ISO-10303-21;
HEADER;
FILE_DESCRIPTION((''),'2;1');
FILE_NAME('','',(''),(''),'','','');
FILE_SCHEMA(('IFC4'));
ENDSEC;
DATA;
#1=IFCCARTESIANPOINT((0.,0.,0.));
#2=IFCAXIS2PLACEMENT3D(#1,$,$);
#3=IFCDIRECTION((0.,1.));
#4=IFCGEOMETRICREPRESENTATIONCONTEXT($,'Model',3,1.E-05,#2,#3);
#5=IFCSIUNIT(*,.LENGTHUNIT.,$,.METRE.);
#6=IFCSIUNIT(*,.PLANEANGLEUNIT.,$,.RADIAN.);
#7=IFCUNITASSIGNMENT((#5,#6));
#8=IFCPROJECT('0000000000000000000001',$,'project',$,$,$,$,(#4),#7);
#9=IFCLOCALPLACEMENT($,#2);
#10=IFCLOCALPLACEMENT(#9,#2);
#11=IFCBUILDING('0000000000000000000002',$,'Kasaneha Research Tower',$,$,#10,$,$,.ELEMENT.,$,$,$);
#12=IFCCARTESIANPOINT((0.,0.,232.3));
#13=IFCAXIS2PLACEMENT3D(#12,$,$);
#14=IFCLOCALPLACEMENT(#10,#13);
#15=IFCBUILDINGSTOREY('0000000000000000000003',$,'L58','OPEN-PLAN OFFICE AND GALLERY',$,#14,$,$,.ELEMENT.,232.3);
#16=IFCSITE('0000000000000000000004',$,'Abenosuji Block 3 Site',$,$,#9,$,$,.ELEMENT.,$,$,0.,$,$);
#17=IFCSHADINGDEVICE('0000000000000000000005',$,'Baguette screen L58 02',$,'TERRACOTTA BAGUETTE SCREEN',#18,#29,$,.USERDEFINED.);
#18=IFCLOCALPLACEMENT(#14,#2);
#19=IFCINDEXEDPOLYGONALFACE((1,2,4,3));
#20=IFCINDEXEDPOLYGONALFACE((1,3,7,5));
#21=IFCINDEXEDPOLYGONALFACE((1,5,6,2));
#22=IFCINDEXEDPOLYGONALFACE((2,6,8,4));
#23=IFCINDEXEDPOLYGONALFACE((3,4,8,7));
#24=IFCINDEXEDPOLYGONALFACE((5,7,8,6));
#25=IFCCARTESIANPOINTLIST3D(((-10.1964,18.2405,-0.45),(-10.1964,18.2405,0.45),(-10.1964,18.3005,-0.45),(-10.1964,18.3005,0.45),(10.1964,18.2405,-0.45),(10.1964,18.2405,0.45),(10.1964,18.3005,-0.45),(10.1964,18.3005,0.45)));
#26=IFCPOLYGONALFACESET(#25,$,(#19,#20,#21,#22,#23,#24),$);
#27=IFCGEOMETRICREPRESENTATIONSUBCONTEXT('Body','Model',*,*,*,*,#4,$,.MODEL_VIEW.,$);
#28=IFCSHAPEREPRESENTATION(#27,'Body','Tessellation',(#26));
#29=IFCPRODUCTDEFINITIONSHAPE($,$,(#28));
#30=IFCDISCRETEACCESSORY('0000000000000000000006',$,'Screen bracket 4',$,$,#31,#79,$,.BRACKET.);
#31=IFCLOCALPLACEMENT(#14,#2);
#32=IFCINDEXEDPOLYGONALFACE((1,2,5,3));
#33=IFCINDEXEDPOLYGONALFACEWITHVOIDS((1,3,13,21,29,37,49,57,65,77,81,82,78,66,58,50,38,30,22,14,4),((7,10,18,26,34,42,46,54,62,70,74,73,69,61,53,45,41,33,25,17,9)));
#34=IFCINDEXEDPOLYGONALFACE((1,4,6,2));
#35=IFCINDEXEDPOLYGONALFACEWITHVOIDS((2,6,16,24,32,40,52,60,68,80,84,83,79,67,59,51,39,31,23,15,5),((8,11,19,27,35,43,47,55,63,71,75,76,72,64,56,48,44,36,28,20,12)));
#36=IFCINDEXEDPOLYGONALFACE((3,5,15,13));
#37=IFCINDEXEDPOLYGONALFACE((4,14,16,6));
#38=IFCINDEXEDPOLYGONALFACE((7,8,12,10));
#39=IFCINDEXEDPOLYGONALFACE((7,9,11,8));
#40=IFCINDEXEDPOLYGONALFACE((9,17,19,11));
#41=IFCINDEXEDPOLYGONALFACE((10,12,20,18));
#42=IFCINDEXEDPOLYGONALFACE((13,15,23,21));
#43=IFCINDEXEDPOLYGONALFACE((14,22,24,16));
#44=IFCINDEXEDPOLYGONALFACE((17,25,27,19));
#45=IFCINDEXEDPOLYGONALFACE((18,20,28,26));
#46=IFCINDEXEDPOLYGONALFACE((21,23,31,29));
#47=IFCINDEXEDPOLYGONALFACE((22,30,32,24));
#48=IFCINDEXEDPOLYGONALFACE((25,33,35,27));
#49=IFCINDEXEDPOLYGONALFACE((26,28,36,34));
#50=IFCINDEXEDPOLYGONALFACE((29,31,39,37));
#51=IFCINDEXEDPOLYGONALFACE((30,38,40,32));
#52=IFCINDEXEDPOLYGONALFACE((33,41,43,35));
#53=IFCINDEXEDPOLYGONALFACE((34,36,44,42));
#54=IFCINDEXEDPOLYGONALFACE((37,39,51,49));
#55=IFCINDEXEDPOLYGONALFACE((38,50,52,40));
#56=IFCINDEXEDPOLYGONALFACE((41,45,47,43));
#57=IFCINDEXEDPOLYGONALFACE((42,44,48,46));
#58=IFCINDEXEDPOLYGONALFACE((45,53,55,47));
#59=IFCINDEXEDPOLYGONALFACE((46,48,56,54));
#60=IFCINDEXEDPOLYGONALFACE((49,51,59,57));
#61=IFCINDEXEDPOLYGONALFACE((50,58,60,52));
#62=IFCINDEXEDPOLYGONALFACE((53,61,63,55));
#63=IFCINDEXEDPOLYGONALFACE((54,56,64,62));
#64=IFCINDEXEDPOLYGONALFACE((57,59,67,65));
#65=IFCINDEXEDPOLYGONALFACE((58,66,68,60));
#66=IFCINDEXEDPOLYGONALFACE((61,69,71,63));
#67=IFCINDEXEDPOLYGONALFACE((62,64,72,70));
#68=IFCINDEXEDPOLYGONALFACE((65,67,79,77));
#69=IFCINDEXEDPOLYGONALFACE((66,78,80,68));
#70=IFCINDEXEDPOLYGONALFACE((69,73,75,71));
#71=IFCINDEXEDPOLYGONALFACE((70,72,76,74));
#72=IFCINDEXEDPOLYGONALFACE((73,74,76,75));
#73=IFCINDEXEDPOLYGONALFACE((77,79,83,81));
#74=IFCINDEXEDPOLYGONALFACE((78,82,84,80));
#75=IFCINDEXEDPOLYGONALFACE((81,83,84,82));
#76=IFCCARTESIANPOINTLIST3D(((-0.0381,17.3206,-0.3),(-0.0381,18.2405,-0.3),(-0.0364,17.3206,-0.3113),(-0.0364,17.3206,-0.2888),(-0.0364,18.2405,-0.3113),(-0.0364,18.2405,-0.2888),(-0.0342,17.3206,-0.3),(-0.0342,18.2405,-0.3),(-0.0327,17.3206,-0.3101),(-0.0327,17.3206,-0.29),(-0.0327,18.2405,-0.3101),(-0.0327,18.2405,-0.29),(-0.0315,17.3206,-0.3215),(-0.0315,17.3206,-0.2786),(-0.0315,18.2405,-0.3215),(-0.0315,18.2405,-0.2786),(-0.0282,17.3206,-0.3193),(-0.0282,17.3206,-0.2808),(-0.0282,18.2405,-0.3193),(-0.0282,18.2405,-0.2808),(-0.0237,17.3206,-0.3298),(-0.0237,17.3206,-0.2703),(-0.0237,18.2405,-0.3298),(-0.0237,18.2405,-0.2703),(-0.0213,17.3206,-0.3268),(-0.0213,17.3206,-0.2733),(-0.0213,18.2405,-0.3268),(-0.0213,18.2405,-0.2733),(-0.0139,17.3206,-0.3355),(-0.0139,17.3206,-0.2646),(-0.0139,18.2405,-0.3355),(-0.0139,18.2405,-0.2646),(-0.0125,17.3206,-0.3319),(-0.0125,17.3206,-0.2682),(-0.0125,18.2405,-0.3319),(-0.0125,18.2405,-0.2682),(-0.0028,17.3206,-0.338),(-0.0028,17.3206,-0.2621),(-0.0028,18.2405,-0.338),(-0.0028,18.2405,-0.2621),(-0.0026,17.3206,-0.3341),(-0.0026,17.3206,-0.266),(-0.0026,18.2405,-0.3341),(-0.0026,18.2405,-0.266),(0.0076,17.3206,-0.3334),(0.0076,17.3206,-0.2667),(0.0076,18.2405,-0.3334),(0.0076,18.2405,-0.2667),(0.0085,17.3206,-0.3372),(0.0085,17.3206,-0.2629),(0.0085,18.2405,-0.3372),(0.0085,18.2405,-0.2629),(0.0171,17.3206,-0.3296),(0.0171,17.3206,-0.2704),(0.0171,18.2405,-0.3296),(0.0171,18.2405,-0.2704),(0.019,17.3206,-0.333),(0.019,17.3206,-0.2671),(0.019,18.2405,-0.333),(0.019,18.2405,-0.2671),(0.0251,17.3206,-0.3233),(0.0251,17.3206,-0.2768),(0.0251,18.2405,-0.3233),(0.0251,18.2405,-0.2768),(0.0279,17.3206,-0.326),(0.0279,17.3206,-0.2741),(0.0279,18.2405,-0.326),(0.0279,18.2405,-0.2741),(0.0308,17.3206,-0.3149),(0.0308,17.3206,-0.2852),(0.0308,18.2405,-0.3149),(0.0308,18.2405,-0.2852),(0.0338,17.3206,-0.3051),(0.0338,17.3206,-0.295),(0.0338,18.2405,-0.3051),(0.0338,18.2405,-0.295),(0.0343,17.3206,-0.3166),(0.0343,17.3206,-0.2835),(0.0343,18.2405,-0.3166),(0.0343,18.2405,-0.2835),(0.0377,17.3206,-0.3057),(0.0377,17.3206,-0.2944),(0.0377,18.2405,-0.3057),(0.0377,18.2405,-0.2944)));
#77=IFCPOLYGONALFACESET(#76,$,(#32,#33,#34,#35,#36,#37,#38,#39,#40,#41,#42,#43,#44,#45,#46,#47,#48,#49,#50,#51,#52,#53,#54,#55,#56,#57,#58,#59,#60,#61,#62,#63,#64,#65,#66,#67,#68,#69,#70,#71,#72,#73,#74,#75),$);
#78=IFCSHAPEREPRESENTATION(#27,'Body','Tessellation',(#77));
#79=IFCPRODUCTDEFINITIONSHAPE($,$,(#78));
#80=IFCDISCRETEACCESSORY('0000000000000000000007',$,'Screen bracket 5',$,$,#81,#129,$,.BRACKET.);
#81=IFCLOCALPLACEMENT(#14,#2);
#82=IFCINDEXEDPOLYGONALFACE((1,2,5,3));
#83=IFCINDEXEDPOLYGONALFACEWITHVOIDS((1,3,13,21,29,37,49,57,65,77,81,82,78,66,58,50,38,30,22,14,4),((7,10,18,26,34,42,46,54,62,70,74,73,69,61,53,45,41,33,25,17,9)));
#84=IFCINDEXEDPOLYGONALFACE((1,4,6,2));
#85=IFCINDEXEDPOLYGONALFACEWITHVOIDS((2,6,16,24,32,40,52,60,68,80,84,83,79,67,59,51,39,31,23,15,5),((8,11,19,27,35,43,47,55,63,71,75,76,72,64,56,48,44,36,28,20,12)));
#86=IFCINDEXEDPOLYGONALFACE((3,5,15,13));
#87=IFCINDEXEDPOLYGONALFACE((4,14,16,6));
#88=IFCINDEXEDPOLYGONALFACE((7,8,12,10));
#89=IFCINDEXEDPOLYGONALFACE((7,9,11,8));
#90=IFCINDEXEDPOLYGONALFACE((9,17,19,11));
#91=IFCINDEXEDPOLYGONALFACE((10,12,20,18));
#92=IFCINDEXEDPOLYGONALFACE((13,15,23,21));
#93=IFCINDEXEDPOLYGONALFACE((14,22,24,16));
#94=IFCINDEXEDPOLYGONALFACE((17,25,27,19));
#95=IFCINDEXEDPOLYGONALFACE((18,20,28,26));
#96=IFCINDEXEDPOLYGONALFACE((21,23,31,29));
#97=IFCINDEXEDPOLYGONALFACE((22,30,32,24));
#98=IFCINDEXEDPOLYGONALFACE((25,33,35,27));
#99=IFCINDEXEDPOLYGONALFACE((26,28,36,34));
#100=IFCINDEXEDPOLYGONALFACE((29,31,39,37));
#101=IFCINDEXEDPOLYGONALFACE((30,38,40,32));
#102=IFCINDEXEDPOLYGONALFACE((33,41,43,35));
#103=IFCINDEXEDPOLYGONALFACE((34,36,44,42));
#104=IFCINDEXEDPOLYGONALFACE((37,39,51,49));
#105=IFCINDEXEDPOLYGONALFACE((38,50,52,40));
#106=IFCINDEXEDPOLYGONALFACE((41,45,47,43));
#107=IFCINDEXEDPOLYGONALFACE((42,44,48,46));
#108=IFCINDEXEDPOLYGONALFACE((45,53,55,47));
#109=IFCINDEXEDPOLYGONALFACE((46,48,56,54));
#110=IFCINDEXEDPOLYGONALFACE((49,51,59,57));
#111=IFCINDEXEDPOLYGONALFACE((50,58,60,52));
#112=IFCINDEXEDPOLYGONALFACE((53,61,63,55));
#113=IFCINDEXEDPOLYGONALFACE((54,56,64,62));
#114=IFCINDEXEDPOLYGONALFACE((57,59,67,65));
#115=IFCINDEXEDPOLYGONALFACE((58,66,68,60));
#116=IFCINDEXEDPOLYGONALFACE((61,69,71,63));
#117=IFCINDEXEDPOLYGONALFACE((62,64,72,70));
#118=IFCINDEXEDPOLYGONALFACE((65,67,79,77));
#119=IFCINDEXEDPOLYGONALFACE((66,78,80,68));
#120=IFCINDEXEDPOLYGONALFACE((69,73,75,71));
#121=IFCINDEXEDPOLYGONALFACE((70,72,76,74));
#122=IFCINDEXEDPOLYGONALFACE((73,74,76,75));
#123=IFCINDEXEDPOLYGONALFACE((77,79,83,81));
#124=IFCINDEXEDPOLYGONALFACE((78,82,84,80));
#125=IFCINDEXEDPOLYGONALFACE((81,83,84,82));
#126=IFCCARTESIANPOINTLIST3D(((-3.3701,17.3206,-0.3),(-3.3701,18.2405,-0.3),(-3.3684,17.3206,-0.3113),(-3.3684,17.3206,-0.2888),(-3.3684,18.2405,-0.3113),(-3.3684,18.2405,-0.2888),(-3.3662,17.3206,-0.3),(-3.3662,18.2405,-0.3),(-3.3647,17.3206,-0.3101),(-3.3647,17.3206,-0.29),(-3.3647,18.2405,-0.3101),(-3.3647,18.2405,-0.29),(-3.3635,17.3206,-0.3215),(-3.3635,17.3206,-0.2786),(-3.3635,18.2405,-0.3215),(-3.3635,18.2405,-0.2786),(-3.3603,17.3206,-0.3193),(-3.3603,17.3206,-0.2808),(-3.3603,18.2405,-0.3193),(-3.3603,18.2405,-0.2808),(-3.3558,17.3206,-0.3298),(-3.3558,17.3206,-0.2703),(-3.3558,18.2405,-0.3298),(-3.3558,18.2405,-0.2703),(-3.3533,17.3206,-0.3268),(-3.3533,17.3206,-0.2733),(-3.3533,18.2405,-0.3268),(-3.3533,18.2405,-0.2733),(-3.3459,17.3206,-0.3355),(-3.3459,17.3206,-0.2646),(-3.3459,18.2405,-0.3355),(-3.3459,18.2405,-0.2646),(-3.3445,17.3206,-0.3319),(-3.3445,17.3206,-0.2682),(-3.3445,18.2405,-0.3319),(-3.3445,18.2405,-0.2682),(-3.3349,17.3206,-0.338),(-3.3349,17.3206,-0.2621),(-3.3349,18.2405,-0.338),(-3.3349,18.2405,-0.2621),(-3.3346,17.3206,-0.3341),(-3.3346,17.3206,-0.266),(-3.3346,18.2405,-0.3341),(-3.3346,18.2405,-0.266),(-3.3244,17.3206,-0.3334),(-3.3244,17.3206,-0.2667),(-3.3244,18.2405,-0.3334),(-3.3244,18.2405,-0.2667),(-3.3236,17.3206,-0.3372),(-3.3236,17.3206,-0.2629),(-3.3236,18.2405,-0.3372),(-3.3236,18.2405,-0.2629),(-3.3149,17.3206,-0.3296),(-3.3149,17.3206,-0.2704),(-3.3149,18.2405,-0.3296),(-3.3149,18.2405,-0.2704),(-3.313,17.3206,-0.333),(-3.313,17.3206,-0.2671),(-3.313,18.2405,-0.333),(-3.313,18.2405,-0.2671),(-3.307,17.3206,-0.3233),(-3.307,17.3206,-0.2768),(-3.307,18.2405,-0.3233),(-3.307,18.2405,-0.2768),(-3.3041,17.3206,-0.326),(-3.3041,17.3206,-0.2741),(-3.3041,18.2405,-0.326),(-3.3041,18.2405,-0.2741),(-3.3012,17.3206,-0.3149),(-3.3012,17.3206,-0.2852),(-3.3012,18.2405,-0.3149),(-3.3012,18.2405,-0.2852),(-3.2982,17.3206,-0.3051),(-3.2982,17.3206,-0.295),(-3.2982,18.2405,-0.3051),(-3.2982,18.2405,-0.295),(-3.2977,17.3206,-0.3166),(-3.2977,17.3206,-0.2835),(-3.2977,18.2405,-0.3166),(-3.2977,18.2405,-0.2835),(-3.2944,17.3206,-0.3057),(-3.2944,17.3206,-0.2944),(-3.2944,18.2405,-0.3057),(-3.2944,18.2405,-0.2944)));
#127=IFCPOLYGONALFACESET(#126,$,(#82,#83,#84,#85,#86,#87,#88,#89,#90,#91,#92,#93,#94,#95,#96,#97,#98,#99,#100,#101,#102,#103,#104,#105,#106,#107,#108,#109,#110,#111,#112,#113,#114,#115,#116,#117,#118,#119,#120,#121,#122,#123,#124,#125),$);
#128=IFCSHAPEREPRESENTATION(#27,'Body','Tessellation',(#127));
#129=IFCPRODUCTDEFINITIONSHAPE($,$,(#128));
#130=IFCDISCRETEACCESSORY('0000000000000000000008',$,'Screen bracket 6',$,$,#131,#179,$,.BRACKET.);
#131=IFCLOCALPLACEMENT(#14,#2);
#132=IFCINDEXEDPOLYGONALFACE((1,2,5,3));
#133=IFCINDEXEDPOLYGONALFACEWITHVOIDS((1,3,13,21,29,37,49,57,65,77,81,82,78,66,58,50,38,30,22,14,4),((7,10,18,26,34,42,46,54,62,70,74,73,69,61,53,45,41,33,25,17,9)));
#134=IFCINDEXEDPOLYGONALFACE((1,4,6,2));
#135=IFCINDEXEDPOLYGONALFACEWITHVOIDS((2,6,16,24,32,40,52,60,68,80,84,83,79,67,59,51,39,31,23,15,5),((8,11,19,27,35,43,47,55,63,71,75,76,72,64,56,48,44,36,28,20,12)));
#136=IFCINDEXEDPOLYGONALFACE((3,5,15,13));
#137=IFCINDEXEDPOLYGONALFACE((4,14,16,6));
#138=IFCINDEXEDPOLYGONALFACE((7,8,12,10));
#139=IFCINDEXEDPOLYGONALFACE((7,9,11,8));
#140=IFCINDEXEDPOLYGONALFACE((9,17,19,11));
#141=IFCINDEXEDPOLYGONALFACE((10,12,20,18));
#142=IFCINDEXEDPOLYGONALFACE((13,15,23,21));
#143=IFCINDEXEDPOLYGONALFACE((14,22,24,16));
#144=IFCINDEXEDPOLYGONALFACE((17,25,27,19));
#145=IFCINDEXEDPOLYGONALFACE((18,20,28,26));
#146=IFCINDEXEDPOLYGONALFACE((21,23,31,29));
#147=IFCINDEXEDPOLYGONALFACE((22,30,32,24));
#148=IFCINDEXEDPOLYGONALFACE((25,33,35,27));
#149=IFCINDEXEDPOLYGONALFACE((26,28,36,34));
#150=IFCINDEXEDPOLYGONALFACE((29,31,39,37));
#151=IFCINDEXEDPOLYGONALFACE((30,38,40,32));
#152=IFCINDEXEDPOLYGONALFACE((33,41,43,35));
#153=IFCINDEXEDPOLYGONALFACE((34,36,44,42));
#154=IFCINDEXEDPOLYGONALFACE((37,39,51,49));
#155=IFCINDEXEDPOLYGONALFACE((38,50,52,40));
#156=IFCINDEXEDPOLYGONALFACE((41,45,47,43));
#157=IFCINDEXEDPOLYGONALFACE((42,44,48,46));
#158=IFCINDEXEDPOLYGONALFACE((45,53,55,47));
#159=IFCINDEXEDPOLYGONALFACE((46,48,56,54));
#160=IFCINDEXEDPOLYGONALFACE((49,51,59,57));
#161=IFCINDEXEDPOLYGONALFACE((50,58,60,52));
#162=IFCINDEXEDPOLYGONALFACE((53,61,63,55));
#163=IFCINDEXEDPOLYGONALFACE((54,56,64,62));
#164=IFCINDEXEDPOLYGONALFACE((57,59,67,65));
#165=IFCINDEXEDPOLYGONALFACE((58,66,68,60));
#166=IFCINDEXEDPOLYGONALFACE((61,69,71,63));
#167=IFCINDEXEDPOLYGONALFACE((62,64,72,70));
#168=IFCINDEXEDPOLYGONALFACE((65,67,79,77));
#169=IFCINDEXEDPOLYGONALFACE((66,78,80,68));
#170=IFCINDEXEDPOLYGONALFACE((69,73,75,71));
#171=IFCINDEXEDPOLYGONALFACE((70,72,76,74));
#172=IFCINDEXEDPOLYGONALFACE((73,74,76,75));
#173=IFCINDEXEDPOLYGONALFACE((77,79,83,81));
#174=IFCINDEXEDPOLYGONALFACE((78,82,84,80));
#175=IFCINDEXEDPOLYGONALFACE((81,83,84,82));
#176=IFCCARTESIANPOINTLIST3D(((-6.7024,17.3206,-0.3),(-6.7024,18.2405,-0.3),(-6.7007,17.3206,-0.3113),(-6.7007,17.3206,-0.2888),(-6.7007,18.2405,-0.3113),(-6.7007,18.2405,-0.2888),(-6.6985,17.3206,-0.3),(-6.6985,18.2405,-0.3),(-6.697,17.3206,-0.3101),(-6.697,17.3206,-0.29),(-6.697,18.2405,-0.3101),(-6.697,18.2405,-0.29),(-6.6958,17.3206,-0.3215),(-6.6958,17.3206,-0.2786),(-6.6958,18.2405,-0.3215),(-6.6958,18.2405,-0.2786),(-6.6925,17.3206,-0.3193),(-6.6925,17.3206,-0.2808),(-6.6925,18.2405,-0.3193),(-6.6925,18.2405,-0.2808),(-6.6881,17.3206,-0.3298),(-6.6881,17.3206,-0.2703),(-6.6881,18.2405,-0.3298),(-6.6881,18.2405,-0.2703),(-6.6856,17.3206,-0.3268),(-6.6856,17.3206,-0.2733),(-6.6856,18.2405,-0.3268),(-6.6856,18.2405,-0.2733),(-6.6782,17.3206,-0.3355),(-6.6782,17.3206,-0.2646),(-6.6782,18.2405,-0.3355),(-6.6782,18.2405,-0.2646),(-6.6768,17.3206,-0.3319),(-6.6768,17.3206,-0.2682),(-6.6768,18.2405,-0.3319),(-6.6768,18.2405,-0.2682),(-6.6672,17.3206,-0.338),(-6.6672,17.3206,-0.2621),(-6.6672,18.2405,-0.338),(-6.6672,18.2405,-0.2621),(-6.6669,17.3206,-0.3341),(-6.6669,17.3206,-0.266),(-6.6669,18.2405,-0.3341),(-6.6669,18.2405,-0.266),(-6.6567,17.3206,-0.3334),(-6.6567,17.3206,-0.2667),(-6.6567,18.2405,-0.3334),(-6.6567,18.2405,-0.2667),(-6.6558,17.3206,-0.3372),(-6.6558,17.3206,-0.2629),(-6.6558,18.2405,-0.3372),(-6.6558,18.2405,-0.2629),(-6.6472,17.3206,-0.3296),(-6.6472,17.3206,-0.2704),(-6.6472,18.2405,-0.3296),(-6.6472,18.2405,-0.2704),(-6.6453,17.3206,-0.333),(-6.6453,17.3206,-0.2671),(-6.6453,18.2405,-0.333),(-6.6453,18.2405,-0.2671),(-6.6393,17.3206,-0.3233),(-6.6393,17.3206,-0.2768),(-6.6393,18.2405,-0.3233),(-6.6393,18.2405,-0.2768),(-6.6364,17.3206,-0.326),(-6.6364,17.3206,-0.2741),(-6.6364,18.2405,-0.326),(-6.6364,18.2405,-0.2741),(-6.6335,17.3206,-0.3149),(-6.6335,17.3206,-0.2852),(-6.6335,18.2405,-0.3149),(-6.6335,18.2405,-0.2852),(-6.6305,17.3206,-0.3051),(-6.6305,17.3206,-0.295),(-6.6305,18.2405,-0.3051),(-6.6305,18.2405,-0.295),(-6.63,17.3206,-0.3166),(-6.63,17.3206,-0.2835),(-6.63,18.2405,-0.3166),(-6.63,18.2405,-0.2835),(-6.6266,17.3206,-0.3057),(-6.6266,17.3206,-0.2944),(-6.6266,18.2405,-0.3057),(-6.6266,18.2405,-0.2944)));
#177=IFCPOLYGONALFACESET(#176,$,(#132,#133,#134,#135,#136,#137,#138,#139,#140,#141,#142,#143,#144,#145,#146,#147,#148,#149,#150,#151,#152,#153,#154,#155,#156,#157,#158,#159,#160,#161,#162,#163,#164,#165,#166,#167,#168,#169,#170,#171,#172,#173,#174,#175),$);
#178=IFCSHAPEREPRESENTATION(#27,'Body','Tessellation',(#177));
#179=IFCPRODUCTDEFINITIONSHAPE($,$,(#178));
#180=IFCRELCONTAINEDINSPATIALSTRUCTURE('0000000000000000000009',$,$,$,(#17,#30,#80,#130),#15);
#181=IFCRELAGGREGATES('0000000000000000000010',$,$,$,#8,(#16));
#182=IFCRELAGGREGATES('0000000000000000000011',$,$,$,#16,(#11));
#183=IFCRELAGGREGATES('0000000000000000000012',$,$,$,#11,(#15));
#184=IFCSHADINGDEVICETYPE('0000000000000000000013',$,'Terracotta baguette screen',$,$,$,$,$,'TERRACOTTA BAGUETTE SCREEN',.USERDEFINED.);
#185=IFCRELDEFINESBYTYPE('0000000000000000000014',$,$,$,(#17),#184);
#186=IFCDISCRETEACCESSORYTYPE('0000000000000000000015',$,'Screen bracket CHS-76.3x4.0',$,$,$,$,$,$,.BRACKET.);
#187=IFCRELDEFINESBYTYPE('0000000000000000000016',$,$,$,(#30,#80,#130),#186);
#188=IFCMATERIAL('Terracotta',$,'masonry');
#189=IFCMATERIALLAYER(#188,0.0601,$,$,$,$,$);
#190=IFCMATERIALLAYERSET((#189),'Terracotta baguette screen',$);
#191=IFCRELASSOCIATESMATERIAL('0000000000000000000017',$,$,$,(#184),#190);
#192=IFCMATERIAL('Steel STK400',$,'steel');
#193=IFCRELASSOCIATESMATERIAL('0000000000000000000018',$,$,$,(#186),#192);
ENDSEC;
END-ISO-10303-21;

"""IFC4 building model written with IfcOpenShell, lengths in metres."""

from ifc_helpers import new_model, si_unit, direction, frame, origin, origin_2d, place, context, subcontext, project, spatial, rectangle, hollow_circle, extrude, material, layer, layer_set, material_profile, profile_set, type_object, element, save


model = new_model("IFC4")

# Units and contexts
model_context = context("Model", 3, precision=1e-05, world=origin(), true_north=direction((0.0, 1.0)))
body_context = subcontext(model_context, "Body", "Model", "MODEL_VIEW")
ifc_project = project(units=[si_unit("LENGTHUNIT", "METRE"), si_unit("PLANEANGLEUNIT", "RADIAN")], contexts=[model_context])

# Site, building, storey
site_placement = place(None, origin())
site = spatial("IfcSite", under=ifc_project, at=site_placement, Name="Abenosuji Block 3 Site", CompositionType="ELEMENT", RefElevation=0.0)
building_placement = place(site_placement, origin())
building = spatial("IfcBuilding", under=site, at=building_placement, Name="Kasaneha Research Tower", CompositionType="ELEMENT")
storey_placement = place(building_placement, frame((0.0, 0.0, 232.3)))
storey = spatial("IfcBuildingStorey", under=building, at=storey_placement, Name="L58", Description="OPEN-PLAN OFFICE AND GALLERY", CompositionType="ELEMENT", Elevation=232.3)

# Shading device
ifc_material_1 = material(Name="Terracotta", Category="masonry")
ifc_layer_1 = layer(ifc_material_1, 0.0601)
ifc_layer_set_1 = layer_set([ifc_layer_1], Name="Terracotta baguette screen")
shading_device_type = type_object("IfcShadingDeviceType", Name="Terracotta baguette screen", ElementType="TERRACOTTA BAGUETTE SCREEN", PredefinedType="USERDEFINED", material=ifc_layer_set_1)
shading_device_placement = place(storey_placement, frame((0.0, 18.2705, -0.45), z_axis=(0.0, 0.0, 1.0), x_axis=(-1.0, 0.0, 0.0)))
element("IfcShadingDevice", 1, at=shading_device_placement, inside=storey, type_object=shading_device_type, Name="Baguette screen L58 02", ObjectType="TERRACOTTA BAGUETTE SCREEN", PredefinedType="USERDEFINED", context=body_context, shape_type="SweptSolid", body=[
    extrude(rectangle(XDim=20.3928, YDim=0.0601, at=origin_2d()), origin(), (0.0, 0.0, 1.0), 0.8999),
])

# Discrete accessories
ifc_material_2 = material(Name="Steel STK400", Category="steel")
ifc_material_profile_1 = material_profile(ifc_material_2, hollow_circle(Radius=0.0381, WallThickness=0.0039, at=origin_2d()), Name="CHS-76.3x4.0")
ifc_profile_set_1 = profile_set([ifc_material_profile_1], Name="Steel STK400")
discrete_accessory_type = type_object("IfcDiscreteAccessoryType", Name="Screen bracket CHS-76.3x4.0", PredefinedType="BRACKET", material=ifc_profile_set_1)
for number, where, z_axis, x_axis, name in (
    (2, (0.0, 17.3206, -0.3), (0.0, 1.0, 0.0), (-1.0, 0.0, 0.0), "Screen bracket 4"),
    (3, (-3.332, 17.3206, -0.3), (0.0, 1.0, 0.0), (-1.0, 0.0, 0.0), "Screen bracket 5"),
    (4, (-6.6643, 17.3206, -0.3), (0.0, 1.0, 0.0), (-1.0, 0.0, 0.0), "Screen bracket 6"),
):
    element("IfcDiscreteAccessory", number, at=place(storey_placement, frame(where, z_axis=z_axis, x_axis=x_axis)), inside=storey, type_object=discrete_accessory_type, Name=name, PredefinedType="BRACKET", context=body_context, shape_type="SweptSolid", body=[
        extrude(hollow_circle(Radius=0.0381, WallThickness=0.0039, at=origin_2d()), origin(), (0.0, 0.0, 1.0), 0.9199),
    ])

save(model, "model.ifc")
